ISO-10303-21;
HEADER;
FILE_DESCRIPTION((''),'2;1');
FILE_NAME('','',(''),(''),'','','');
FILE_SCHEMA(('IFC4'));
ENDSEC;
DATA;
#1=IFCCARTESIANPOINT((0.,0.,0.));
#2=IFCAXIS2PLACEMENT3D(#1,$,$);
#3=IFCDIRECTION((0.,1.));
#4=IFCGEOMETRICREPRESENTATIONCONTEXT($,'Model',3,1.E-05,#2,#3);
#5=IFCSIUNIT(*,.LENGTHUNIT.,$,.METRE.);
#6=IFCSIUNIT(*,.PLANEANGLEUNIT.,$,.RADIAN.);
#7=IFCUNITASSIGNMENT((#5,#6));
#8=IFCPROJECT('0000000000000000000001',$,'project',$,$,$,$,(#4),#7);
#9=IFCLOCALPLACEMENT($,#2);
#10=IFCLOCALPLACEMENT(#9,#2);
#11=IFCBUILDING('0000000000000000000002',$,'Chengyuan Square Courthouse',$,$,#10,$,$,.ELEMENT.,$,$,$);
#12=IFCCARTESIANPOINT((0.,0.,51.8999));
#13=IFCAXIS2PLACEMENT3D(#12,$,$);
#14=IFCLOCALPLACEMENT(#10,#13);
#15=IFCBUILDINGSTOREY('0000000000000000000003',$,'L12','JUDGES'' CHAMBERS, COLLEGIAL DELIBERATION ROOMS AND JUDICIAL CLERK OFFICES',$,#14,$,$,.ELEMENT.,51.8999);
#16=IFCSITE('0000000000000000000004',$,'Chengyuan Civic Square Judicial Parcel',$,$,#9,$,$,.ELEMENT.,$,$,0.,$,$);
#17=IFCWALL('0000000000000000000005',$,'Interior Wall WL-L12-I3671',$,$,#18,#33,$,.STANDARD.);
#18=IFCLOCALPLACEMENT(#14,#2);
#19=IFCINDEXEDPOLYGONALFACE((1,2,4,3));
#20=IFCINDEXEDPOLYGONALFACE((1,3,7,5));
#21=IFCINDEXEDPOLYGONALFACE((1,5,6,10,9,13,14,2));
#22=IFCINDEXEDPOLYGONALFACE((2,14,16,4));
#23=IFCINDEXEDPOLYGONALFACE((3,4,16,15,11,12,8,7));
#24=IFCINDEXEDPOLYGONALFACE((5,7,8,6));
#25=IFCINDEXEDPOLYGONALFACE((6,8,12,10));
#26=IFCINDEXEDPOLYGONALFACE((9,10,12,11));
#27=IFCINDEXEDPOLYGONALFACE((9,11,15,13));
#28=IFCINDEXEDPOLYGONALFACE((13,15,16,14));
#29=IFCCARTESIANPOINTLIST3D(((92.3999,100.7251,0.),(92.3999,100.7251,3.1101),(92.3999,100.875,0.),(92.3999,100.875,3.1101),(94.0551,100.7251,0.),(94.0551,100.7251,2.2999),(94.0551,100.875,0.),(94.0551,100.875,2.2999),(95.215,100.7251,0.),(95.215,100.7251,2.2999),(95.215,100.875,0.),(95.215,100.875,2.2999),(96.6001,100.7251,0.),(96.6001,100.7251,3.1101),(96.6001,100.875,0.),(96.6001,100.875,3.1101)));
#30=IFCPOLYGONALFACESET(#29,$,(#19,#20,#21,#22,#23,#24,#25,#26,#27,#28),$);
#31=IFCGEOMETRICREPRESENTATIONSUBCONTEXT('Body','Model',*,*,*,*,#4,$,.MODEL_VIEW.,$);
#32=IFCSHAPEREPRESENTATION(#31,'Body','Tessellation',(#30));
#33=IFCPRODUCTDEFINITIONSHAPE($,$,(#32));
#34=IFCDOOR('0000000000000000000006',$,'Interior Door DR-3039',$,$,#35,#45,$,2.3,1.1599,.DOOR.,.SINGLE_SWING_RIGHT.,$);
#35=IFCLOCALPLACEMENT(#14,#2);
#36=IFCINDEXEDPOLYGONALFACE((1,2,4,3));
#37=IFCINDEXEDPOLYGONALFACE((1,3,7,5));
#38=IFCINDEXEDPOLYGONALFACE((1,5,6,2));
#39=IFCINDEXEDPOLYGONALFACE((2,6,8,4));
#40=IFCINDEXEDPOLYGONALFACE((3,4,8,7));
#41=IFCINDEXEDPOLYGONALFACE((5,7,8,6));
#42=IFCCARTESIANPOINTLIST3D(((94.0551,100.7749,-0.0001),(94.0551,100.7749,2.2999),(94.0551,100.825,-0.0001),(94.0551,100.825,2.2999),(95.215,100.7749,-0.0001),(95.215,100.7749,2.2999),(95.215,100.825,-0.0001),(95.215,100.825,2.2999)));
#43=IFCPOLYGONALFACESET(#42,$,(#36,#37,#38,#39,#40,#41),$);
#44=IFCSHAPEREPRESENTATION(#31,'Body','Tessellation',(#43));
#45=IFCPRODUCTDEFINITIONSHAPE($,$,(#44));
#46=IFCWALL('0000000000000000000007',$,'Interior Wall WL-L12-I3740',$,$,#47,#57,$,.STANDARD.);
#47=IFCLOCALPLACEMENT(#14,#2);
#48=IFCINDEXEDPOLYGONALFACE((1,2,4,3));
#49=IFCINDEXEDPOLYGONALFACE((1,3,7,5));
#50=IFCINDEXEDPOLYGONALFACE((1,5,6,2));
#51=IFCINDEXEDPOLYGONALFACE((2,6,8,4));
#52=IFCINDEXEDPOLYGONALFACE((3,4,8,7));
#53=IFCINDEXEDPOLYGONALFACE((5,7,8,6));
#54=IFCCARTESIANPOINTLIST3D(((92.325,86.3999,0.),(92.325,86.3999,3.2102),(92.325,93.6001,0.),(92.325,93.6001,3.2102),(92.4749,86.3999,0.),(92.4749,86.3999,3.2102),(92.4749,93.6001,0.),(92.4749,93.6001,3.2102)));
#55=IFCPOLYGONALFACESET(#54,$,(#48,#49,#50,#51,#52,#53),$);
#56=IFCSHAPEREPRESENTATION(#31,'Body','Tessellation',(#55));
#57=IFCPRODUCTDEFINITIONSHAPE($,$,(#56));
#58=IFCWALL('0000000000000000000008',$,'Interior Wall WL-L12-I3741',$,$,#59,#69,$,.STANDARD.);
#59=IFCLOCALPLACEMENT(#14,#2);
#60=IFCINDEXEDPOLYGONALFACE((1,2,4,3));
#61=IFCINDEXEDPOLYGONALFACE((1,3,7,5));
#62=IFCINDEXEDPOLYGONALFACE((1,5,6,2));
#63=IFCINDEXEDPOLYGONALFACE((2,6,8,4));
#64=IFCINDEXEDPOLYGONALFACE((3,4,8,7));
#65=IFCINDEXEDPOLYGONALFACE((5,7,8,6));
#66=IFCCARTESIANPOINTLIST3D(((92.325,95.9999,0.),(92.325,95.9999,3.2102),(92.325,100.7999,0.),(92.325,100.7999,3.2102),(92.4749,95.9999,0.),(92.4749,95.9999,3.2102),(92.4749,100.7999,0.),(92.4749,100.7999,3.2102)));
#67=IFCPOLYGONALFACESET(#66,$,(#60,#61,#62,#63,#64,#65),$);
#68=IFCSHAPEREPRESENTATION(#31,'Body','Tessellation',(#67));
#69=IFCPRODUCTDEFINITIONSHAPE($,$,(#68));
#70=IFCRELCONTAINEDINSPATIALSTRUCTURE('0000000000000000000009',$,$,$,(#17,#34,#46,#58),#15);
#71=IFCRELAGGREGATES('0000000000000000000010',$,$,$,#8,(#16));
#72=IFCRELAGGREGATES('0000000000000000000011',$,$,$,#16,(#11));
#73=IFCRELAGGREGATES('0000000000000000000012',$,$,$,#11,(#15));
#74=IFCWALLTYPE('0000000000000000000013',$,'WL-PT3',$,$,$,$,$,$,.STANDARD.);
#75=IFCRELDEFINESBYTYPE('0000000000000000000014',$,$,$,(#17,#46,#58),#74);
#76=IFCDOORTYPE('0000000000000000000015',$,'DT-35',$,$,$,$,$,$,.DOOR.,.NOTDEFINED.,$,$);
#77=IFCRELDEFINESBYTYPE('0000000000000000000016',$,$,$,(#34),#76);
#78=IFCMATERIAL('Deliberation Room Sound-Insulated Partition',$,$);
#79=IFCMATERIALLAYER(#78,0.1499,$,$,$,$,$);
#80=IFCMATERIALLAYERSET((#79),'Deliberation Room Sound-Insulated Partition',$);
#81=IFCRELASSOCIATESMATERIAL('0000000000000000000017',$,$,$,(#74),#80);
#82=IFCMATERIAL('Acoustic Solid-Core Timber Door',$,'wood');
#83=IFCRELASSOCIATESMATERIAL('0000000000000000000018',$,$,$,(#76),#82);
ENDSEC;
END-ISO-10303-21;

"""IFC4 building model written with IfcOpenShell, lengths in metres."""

from ifc_helpers import new_model, si_unit, direction, frame, frame_2d, origin, place, context, subcontext, project, spatial, rectangle, extrude, material, layer, layer_set, type_object, element, fill, save


model = new_model("IFC4")

# Units and contexts
model_context = context("Model", 3, precision=1e-05, world=origin(), true_north=direction((0.0, 1.0)))
body_context = subcontext(model_context, "Body", "Model", "MODEL_VIEW")
ifc_project = project(units=[si_unit("LENGTHUNIT", "METRE"), si_unit("PLANEANGLEUNIT", "RADIAN")], contexts=[model_context])

# Site, building, storey
site_placement = place(None, origin())
site = spatial("IfcSite", under=ifc_project, at=site_placement, Name="Chengyuan Civic Square Judicial Parcel", CompositionType="ELEMENT", RefElevation=0.0)
building_placement = place(site_placement, origin())
building = spatial("IfcBuilding", under=site, at=building_placement, Name="Chengyuan Square Courthouse", CompositionType="ELEMENT")
storey_placement = place(building_placement, frame((0.0, 0.0, 51.8999)))
storey = spatial("IfcBuildingStorey", under=building, at=storey_placement, Name="L12", Description="JUDGES' CHAMBERS, COLLEGIAL DELIBERATION ROOMS AND JUDICIAL CLERK OFFICES", CompositionType="ELEMENT", Elevation=51.8999)

# Shared definitions
ifc_material_1 = material(Name="Deliberation Room Sound-Insulated Partition")
ifc_layer = layer(ifc_material_1, 0.1499)
ifc_layer_set = layer_set([ifc_layer], Name="Deliberation Room Sound-Insulated Partition")
wall_type = type_object("IfcWallType", Name="WL-PT3", PredefinedType="STANDARD", material=ifc_layer_set)
ifc_material_2 = material(Name="Acoustic Solid-Core Timber Door", Category="wood")
door_type_1 = type_object("IfcDoorType", Name="DT-35", OperationType="NOTDEFINED", PredefinedType="DOOR", material=ifc_material_2)

# Wall, opening, door
wall_1_placement = place(storey_placement, frame((92.3999, 100.8, 0.0), z_axis=(0.0, 0.0, 1.0), x_axis=(1.0, 0.0, 0.0)))
wall_1 = element("IfcWall", 1, at=wall_1_placement, inside=storey, type_object=wall_type, Name="Interior Wall WL-L12-I3671", PredefinedType="STANDARD", context=body_context, shape_type="SweptSolid", body=[
    extrude(rectangle(XDim=4.2002, YDim=0.1499, at=frame_2d((2.1001, 0.0))), origin(), (0.0, 0.0, 1.0), 3.1101),
])
opening_1_placement = place(wall_1_placement, frame((1.655, 0.0, 0.0)))
opening_1 = element("IfcOpeningElement", 2, at=opening_1_placement, cuts=wall_1, PredefinedType="OPENING", context=body_context, shape_type="SweptSolid", body=[
    extrude(rectangle(XDim=1.1599, YDim=2.3, at=frame_2d((0.5801, 1.1499))), frame((0.0, 0.0869, 0.0), z_axis=(0.0, -1.0, 0.0), x_axis=(1.0, 0.0, 0.0)), (0.0, 0.0, 1.0), 0.1738),
])
door_1_placement = place(opening_1_placement, origin())
door_1 = element("IfcDoor", 3, at=door_1_placement, inside=storey, type_object=door_type_1, Name="Interior Door DR-3039", OperationType="SINGLE_SWING_RIGHT", OverallHeight=2.3, OverallWidth=1.1599, PredefinedType="DOOR", context=body_context, shape_type="SweptSolid", body=[
    extrude(rectangle(XDim=1.1599, YDim=2.3, at=frame_2d((0.5801, 1.1499))), frame((0.0, 0.0249, 0.0), z_axis=(0.0, -1.0, 0.0), x_axis=(1.0, 0.0, 0.0)), (0.0, 0.0, 1.0), 0.05),
])
fill(opening_1, door_1)

# Walls
wall_2_placement = place(storey_placement, frame((92.3999, 86.3999, 0.0), z_axis=(0.0, 0.0, 1.0), x_axis=(0.0, 1.0, 0.0)))
element("IfcWall", 4, at=wall_2_placement, inside=storey, type_object=wall_type, Name="Interior Wall WL-L12-I3740", PredefinedType="STANDARD", context=body_context, shape_type="SweptSolid", body=[
    extrude(rectangle(XDim=7.2002, YDim=0.1499, at=frame_2d((3.6001, 0.0))), origin(), (0.0, 0.0, 1.0), 3.2102),
])
wall_3_placement = place(storey_placement, frame((92.3999, 96.0, 0.0), z_axis=(0.0, 0.0, 1.0), x_axis=(0.0, 1.0, 0.0)))
element("IfcWall", 5, at=wall_3_placement, inside=storey, type_object=wall_type, Name="Interior Wall WL-L12-I3741", PredefinedType="STANDARD", context=body_context, shape_type="SweptSolid", body=[
    extrude(rectangle(XDim=4.8, YDim=0.1499, at=frame_2d((2.3999, 0.0))), origin(), (0.0, 0.0, 1.0), 3.2102),
])

save(model, "model.ifc")
